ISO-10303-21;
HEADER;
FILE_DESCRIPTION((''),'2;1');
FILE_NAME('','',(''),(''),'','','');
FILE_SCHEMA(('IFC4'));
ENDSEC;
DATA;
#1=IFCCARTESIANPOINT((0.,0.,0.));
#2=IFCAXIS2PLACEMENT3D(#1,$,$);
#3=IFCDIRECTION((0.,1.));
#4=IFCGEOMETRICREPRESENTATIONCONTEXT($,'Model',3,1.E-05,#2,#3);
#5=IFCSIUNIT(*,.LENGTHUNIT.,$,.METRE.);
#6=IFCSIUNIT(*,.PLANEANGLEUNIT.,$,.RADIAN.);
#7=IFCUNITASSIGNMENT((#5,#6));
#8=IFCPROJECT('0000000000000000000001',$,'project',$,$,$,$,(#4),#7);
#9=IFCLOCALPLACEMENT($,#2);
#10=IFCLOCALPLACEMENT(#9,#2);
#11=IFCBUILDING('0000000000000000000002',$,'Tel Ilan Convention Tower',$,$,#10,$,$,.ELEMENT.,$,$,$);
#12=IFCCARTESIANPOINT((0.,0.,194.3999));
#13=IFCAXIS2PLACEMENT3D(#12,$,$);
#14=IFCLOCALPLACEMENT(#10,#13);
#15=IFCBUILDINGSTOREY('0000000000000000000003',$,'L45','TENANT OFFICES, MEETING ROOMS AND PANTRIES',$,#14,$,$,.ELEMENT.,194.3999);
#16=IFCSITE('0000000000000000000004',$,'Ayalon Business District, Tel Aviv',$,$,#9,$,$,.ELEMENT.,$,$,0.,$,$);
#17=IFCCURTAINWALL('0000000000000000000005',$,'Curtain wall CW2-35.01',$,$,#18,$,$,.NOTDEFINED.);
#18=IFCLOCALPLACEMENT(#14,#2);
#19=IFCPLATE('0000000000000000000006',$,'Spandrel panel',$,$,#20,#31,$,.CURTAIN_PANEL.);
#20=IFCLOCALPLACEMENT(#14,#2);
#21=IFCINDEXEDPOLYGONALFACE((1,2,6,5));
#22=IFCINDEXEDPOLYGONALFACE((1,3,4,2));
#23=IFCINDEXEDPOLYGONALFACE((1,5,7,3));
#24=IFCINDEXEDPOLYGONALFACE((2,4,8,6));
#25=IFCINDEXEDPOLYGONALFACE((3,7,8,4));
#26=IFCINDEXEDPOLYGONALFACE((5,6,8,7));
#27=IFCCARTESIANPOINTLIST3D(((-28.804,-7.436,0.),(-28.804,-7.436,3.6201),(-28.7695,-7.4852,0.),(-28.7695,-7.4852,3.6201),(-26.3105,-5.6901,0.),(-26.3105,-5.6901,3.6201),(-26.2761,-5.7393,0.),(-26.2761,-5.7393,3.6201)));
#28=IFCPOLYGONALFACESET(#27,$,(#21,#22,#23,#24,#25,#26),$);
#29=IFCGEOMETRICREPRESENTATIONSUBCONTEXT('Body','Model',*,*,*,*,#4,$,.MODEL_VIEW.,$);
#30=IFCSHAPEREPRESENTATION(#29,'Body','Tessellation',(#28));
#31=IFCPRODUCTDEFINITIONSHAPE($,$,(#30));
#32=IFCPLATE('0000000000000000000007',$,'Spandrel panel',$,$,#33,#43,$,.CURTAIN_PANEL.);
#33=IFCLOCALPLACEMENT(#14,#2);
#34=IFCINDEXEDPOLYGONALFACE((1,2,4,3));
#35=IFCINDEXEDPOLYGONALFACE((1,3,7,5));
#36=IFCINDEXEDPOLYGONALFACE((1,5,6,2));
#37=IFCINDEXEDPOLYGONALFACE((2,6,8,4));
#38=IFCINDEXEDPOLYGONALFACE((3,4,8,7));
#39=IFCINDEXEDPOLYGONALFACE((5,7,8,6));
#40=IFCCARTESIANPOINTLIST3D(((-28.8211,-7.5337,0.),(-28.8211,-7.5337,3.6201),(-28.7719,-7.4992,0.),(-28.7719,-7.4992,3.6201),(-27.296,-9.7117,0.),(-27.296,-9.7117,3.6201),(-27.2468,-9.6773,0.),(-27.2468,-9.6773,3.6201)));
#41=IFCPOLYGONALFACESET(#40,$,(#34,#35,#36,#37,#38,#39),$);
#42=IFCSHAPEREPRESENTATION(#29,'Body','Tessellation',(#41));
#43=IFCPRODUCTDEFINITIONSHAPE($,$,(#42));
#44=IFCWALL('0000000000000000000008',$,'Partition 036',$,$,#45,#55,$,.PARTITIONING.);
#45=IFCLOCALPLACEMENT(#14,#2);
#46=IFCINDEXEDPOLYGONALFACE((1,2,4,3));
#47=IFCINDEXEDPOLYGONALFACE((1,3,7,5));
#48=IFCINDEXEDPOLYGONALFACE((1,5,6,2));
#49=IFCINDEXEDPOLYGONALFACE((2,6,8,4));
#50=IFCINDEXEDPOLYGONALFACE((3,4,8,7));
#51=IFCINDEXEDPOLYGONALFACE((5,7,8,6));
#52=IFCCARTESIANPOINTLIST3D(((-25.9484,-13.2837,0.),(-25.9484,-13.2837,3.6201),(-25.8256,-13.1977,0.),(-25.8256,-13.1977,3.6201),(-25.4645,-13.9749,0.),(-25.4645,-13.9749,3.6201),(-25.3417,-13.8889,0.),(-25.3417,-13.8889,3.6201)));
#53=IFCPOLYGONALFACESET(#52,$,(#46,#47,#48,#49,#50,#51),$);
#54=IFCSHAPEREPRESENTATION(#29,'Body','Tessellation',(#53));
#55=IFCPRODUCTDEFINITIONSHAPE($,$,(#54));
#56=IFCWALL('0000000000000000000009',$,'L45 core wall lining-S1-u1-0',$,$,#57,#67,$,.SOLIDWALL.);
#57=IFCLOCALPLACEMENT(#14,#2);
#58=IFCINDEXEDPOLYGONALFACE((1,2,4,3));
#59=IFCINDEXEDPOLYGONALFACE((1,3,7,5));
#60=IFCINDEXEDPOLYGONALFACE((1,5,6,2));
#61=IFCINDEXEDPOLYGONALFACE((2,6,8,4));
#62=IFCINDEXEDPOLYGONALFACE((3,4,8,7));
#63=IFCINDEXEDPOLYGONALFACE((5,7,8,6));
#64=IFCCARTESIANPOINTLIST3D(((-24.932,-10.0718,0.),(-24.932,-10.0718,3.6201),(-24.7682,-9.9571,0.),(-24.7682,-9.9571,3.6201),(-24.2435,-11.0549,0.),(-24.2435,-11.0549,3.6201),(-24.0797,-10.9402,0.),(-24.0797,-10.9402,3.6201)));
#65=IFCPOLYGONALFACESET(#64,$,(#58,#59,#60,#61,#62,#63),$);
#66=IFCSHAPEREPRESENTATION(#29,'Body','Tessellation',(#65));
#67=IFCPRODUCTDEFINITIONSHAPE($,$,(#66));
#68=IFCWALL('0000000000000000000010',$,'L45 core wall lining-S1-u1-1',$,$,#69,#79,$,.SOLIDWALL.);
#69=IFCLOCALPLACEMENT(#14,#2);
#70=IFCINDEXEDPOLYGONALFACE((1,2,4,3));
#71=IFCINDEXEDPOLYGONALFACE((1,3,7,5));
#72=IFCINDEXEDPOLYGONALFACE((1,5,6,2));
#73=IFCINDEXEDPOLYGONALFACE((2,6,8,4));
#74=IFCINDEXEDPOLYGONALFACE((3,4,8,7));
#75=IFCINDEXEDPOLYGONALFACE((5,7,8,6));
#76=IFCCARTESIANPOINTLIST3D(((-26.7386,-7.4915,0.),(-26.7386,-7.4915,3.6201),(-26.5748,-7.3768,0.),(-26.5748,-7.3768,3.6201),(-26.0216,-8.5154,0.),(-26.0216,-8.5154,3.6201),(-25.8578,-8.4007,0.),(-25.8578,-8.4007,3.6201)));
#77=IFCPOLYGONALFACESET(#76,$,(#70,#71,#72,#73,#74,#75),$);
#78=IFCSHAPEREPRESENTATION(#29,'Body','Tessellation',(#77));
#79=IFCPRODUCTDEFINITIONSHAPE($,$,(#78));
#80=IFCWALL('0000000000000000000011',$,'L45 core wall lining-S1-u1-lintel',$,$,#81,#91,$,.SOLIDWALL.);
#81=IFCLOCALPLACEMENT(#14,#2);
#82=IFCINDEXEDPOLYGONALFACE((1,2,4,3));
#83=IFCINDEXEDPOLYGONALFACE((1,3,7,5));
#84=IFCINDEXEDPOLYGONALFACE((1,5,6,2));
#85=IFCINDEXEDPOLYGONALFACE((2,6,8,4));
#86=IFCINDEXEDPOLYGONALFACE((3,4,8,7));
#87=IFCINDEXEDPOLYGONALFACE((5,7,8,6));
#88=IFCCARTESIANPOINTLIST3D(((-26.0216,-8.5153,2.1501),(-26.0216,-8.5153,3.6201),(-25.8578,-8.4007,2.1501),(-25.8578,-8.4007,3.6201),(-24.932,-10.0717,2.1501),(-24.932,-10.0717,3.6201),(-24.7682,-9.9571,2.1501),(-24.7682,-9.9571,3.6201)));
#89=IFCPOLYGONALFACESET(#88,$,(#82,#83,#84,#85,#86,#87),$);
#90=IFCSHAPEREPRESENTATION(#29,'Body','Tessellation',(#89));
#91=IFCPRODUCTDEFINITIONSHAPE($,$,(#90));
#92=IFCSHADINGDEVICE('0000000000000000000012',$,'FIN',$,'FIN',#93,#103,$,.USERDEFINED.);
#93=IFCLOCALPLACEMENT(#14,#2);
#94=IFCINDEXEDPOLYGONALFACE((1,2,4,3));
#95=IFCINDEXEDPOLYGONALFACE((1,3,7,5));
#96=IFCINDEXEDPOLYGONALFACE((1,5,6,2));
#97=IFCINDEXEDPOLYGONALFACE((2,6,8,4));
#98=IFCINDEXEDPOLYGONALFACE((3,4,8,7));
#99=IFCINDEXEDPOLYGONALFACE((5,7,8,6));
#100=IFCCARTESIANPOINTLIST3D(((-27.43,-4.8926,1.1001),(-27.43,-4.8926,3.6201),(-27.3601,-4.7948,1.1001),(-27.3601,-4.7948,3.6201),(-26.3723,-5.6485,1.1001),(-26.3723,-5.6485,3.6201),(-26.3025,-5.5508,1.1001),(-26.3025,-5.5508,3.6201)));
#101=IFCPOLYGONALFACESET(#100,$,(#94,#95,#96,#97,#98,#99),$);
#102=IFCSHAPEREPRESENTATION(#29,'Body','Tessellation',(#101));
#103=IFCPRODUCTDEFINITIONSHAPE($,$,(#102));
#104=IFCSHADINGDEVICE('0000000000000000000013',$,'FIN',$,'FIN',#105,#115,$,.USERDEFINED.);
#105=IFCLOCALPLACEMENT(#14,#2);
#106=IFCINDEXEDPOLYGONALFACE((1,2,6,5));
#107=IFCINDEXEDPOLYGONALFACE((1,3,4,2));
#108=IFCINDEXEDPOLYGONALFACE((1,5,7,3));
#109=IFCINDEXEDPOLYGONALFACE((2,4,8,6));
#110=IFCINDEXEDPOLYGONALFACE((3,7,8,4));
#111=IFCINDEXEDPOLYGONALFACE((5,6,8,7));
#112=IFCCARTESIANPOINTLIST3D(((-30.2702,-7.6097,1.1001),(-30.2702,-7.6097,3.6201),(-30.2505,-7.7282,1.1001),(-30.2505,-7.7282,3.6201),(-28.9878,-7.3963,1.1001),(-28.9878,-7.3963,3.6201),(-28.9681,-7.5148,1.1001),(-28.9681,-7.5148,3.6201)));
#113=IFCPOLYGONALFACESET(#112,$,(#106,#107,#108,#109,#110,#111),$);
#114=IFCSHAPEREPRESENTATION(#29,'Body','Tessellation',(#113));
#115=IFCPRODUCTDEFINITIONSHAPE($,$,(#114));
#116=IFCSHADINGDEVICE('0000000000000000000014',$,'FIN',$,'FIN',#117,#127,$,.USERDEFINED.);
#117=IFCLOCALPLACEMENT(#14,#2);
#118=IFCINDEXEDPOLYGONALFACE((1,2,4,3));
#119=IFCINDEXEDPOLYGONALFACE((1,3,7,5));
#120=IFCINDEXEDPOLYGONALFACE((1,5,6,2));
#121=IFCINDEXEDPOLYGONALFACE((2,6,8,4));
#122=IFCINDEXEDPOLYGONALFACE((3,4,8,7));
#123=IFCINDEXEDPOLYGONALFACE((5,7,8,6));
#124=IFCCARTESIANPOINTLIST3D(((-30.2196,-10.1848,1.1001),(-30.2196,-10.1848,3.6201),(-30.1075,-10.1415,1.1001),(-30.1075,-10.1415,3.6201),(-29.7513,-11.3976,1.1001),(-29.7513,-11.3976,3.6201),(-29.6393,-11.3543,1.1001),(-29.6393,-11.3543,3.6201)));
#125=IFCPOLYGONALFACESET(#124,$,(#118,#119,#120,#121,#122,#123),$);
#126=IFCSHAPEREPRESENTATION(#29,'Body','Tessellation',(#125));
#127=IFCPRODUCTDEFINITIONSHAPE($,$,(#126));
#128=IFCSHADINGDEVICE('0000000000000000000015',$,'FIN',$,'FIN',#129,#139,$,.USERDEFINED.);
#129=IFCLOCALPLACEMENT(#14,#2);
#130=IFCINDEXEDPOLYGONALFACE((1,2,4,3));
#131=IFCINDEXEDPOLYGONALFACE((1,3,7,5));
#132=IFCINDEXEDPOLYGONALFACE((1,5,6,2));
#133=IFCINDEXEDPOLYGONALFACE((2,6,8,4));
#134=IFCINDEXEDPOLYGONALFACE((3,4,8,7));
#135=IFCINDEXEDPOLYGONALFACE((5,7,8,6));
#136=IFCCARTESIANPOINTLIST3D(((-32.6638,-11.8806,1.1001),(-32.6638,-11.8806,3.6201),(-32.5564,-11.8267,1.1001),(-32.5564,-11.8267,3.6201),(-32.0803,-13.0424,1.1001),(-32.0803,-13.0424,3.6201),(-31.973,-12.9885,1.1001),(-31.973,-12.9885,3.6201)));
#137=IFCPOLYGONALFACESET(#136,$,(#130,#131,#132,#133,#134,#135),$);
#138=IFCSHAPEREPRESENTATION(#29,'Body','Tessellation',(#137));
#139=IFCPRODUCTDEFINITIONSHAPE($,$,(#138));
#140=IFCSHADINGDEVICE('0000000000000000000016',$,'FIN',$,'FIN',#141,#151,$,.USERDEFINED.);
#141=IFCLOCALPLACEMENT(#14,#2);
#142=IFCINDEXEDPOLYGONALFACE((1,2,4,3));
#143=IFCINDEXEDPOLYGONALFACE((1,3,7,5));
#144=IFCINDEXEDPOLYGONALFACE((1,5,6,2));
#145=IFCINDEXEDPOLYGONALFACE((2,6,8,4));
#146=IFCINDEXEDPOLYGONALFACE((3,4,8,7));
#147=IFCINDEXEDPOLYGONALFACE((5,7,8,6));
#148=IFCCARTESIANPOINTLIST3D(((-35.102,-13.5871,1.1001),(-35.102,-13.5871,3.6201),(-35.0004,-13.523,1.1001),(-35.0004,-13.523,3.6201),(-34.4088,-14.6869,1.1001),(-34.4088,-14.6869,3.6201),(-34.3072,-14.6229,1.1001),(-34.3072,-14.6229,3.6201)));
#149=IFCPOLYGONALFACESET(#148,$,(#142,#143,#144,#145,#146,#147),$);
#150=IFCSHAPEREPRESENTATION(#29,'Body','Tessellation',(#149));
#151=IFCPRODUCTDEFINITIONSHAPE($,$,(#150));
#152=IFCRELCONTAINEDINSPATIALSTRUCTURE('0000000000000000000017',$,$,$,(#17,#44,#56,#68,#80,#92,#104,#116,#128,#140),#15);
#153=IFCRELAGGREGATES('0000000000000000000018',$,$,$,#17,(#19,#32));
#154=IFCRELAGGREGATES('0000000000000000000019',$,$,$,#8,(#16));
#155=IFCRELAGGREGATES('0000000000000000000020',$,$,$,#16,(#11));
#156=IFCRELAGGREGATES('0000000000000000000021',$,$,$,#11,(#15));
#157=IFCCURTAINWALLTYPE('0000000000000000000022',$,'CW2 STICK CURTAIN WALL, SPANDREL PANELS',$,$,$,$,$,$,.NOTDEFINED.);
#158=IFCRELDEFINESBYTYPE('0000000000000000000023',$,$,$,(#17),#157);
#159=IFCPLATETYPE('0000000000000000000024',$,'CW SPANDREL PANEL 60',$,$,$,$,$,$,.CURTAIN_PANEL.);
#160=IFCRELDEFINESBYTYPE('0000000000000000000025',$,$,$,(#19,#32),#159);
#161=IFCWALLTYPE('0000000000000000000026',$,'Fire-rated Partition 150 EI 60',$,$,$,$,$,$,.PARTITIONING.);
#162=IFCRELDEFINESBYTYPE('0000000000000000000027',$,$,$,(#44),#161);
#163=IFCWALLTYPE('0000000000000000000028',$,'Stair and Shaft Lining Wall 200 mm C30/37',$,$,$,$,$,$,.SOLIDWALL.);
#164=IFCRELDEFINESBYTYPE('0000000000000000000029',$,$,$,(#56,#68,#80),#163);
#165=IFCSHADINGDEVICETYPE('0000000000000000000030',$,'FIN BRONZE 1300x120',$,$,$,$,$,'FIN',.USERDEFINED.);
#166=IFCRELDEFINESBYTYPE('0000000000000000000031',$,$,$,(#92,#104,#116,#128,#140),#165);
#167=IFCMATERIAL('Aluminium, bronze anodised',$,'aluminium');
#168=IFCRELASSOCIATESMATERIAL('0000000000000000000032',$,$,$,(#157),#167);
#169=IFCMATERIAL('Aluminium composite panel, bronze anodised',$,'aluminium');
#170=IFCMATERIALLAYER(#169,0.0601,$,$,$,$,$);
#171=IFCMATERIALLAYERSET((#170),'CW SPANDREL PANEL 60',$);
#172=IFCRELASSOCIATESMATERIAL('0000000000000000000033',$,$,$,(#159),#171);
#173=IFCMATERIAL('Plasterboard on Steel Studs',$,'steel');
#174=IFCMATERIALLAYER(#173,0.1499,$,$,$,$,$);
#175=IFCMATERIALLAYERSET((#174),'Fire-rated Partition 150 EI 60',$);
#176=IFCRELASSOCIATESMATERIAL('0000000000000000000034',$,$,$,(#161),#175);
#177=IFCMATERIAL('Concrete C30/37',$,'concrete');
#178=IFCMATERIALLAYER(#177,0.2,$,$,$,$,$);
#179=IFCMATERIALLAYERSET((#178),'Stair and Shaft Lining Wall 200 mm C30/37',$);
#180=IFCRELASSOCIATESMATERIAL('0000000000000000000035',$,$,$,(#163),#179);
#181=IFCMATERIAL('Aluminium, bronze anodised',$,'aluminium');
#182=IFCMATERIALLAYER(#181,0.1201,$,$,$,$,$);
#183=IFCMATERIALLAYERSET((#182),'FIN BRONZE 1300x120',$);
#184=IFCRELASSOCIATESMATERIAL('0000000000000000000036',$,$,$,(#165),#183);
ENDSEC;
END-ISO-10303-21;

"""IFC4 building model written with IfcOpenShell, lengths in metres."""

from ifc_helpers import new_model, si_unit, direction, frame, frame_2d, origin, origin_2d, place, context, subcontext, project, spatial, rectangle, extrude, material, layer, layer_set, type_object, element, aggregate, save


model = new_model("IFC4")

# Units and contexts
model_context = context("Model", 3, precision=1e-05, world=origin(), true_north=direction((0.0, 1.0)))
body_context = subcontext(model_context, "Body", "Model", "MODEL_VIEW")
ifc_project = project(units=[si_unit("LENGTHUNIT", "METRE"), si_unit("PLANEANGLEUNIT", "RADIAN")], contexts=[model_context])

# Site, building, storey
site_placement = place(None, origin())
site = spatial("IfcSite", under=ifc_project, at=site_placement, Name="Ayalon Business District, Tel Aviv", CompositionType="ELEMENT", RefElevation=0.0)
building_placement = place(site_placement, origin())
building = spatial("IfcBuilding", under=site, at=building_placement, Name="Tel Ilan Convention Tower", CompositionType="ELEMENT")
storey_placement = place(building_placement, frame((0.0, 0.0, 194.3999)))
storey = spatial("IfcBuildingStorey", under=building, at=storey_placement, Name="L45", Description="TENANT OFFICES, MEETING ROOMS AND PANTRIES", CompositionType="ELEMENT", Elevation=194.3999)

# Curtain wall
ifc_material_1 = material(Name="Aluminium, bronze anodised", Category="aluminium")
curtain_wall_type_1 = type_object("IfcCurtainWallType", Name="CW2 STICK CURTAIN WALL, SPANDREL PANELS", PredefinedType="NOTDEFINED", material=ifc_material_1)
curtain_wall_1_placement = place(storey_placement, origin())
curtain_wall_1 = element("IfcCurtainWall", 1, at=curtain_wall_1_placement, inside=storey, type_object=curtain_wall_type_1, Name="Curtain wall CW2-35.01", PredefinedType="NOTDEFINED")

# Plates
ifc_material_2 = material(Name="Aluminium composite panel, bronze anodised", Category="aluminium")
ifc_layer_1 = layer(ifc_material_2, 0.0601)
ifc_layer_set_1 = layer_set([ifc_layer_1], Name="CW SPANDREL PANEL 60")
plate_type_1 = type_object("IfcPlateType", Name="CW SPANDREL PANEL 60", PredefinedType="CURTAIN_PANEL", material=ifc_layer_set_1)
plate_1_placement = place(storey_placement, frame((-27.54, -6.5876, 0.0), z_axis=(0.0, 0.0, 1.0), x_axis=(-0.819152, -0.573576, 0.0)))
plate_1 = element("IfcPlate", 2, at=plate_1_placement, type_object=plate_type_1, Name="Spandrel panel", PredefinedType="CURTAIN_PANEL", context=body_context, shape_type="SweptSolid", body=[
    extrude(rectangle(XDim=3.0439, YDim=0.0601, at=origin_2d()), origin(), (0.0, 0.0, 1.0), 3.6201),
])
plate_2_placement = place(storey_placement, frame((-28.0339, -8.6055, 0.0), z_axis=(0.0, 0.0, 1.0), x_axis=(0.573576, -0.819152, 0.0)))
plate_2 = element("IfcPlate", 3, at=plate_2_placement, type_object=plate_type_1, Name="Spandrel panel", PredefinedType="CURTAIN_PANEL", context=body_context, shape_type="SweptSolid", body=[
    extrude(rectangle(XDim=2.6589, YDim=0.0601, at=origin_2d()), origin(), (0.0, 0.0, 1.0), 3.6201),
])
aggregate(curtain_wall_1, [plate_1, plate_2])

# Walls
ifc_material_3 = material(Name="Plasterboard on Steel Studs", Category="steel")
ifc_layer_2 = layer(ifc_material_3, 0.1499)
ifc_layer_set_2 = layer_set([ifc_layer_2], Name="Fire-rated Partition 150 EI 60")
wall_type_1 = type_object("IfcWallType", Name="Fire-rated Partition 150 EI 60", PredefinedType="PARTITIONING", material=ifc_layer_set_2)
wall_1_placement = place(storey_placement, frame((-25.4031, -13.9319, 0.0), z_axis=(0.0, 0.0, 1.0), x_axis=(-0.573521, 0.819191, 0.0)))
element("IfcWall", 4, at=wall_1_placement, inside=storey, type_object=wall_type_1, Name="Partition 036", PredefinedType="PARTITIONING", context=body_context, shape_type="SweptSolid", body=[
    extrude(rectangle(XDim=0.8438, YDim=0.1499, at=frame_2d((0.4219, 0.0))), origin(), (0.0, 0.0, 1.0), 3.6201),
])
ifc_material_4 = material(Name="Concrete C30/37", Category="concrete")
ifc_layer_3 = layer(ifc_material_4, 0.2)
ifc_layer_set_3 = layer_set([ifc_layer_3], Name="Stair and Shaft Lining Wall 200 mm C30/37")
wall_type_2 = type_object("IfcWallType", Name="Stair and Shaft Lining Wall 200 mm C30/37", PredefinedType="SOLIDWALL", material=ifc_layer_set_3)
wall_2_placement = place(storey_placement, frame((-24.1616, -10.9976, 0.0), z_axis=(0.0, 0.0, 1.0), x_axis=(-0.573613, 0.819127, 0.0)))
element("IfcWall", 5, at=wall_2_placement, inside=storey, type_object=wall_type_2, Name="L45 core wall lining-S1-u1-0", PredefinedType="SOLIDWALL", context=body_context, shape_type="SweptSolid", body=[
    extrude(rectangle(XDim=1.2002, YDim=0.2, at=frame_2d((0.6001, 0.0))), origin(), (0.0, 0.0, 1.0), 3.6201),
])
wall_3_placement = place(storey_placement, frame((-25.9397, -8.458, 0.0), z_axis=(0.0, 0.0, 1.0), x_axis=(-0.57362, 0.819122, 0.0)))
element("IfcWall", 6, at=wall_3_placement, inside=storey, type_object=wall_type_2, Name="L45 core wall lining-S1-u1-1", PredefinedType="SOLIDWALL", context=body_context, shape_type="SweptSolid", body=[
    extrude(rectangle(XDim=1.25, YDim=0.2, at=frame_2d((0.625, 0.0))), origin(), (0.0, 0.0, 1.0), 3.6201),
])
wall_4_placement = place(storey_placement, frame((-24.8501, -10.0144, 2.1501), z_axis=(0.0, 0.0, 1.0), x_axis=(-0.573505, 0.819202, 0.0)))
element("IfcWall", 7, at=wall_4_placement, inside=storey, type_object=wall_type_2, Name="L45 core wall lining-S1-u1-lintel", PredefinedType="SOLIDWALL", context=body_context, shape_type="SweptSolid", body=[
    extrude(rectangle(XDim=1.8999, YDim=0.2, at=frame_2d((0.95, 0.0))), origin(), (0.0, 0.0, 1.0), 1.47),
])

# Shading devices
ifc_material_5 = material(Name="Aluminium, bronze anodised", Category="aluminium")
ifc_layer_4 = layer(ifc_material_5, 0.1201)
ifc_layer_set_4 = layer_set([ifc_layer_4], Name="FIN BRONZE 1300x120")
shading_device_type = type_object("IfcShadingDeviceType", Name="FIN BRONZE 1300x120", ElementType="FIN", PredefinedType="USERDEFINED", material=ifc_layer_set_4)
for number, where, z_axis, x_axis, name in (
    (8, (-26.8662, -5.2217, 1.1001), (0.0, 0.0, 1.0), (-0.813552, 0.581492, 0.0), "FIN"),
    (9, (-29.6191, -7.5623, 1.1001), (0.0, 0.0, 1.0), (-0.986445, -0.164091, 0.0), "FIN"),
    (10, (-29.9294, -10.7695, 1.1001), (0.0, 0.0, 1.0), (-0.360178, 0.932884, 0.0), "FIN"),
    (11, (-32.3184, -12.4346, 1.1001), (0.0, 0.0, 1.0), (-0.448799, 0.893633, 0.0), "FIN"),
    (12, (-34.7046, -14.105, 1.1001), (0.0, 0.0, 1.0), (-0.533204, 0.845986, 0.0), "FIN"),
):
    element("IfcShadingDevice", number, at=place(storey_placement, frame(where, z_axis=z_axis, x_axis=x_axis)), inside=storey, type_object=shading_device_type, Name=name, ObjectType="FIN", PredefinedType="USERDEFINED", context=body_context, shape_type="SweptSolid", body=[
        extrude(rectangle(XDim=1.3, YDim=0.1201, at=origin_2d()), origin(), (0.0, 0.0, 1.0), 2.52),
    ])

save(model, "model.ifc")
